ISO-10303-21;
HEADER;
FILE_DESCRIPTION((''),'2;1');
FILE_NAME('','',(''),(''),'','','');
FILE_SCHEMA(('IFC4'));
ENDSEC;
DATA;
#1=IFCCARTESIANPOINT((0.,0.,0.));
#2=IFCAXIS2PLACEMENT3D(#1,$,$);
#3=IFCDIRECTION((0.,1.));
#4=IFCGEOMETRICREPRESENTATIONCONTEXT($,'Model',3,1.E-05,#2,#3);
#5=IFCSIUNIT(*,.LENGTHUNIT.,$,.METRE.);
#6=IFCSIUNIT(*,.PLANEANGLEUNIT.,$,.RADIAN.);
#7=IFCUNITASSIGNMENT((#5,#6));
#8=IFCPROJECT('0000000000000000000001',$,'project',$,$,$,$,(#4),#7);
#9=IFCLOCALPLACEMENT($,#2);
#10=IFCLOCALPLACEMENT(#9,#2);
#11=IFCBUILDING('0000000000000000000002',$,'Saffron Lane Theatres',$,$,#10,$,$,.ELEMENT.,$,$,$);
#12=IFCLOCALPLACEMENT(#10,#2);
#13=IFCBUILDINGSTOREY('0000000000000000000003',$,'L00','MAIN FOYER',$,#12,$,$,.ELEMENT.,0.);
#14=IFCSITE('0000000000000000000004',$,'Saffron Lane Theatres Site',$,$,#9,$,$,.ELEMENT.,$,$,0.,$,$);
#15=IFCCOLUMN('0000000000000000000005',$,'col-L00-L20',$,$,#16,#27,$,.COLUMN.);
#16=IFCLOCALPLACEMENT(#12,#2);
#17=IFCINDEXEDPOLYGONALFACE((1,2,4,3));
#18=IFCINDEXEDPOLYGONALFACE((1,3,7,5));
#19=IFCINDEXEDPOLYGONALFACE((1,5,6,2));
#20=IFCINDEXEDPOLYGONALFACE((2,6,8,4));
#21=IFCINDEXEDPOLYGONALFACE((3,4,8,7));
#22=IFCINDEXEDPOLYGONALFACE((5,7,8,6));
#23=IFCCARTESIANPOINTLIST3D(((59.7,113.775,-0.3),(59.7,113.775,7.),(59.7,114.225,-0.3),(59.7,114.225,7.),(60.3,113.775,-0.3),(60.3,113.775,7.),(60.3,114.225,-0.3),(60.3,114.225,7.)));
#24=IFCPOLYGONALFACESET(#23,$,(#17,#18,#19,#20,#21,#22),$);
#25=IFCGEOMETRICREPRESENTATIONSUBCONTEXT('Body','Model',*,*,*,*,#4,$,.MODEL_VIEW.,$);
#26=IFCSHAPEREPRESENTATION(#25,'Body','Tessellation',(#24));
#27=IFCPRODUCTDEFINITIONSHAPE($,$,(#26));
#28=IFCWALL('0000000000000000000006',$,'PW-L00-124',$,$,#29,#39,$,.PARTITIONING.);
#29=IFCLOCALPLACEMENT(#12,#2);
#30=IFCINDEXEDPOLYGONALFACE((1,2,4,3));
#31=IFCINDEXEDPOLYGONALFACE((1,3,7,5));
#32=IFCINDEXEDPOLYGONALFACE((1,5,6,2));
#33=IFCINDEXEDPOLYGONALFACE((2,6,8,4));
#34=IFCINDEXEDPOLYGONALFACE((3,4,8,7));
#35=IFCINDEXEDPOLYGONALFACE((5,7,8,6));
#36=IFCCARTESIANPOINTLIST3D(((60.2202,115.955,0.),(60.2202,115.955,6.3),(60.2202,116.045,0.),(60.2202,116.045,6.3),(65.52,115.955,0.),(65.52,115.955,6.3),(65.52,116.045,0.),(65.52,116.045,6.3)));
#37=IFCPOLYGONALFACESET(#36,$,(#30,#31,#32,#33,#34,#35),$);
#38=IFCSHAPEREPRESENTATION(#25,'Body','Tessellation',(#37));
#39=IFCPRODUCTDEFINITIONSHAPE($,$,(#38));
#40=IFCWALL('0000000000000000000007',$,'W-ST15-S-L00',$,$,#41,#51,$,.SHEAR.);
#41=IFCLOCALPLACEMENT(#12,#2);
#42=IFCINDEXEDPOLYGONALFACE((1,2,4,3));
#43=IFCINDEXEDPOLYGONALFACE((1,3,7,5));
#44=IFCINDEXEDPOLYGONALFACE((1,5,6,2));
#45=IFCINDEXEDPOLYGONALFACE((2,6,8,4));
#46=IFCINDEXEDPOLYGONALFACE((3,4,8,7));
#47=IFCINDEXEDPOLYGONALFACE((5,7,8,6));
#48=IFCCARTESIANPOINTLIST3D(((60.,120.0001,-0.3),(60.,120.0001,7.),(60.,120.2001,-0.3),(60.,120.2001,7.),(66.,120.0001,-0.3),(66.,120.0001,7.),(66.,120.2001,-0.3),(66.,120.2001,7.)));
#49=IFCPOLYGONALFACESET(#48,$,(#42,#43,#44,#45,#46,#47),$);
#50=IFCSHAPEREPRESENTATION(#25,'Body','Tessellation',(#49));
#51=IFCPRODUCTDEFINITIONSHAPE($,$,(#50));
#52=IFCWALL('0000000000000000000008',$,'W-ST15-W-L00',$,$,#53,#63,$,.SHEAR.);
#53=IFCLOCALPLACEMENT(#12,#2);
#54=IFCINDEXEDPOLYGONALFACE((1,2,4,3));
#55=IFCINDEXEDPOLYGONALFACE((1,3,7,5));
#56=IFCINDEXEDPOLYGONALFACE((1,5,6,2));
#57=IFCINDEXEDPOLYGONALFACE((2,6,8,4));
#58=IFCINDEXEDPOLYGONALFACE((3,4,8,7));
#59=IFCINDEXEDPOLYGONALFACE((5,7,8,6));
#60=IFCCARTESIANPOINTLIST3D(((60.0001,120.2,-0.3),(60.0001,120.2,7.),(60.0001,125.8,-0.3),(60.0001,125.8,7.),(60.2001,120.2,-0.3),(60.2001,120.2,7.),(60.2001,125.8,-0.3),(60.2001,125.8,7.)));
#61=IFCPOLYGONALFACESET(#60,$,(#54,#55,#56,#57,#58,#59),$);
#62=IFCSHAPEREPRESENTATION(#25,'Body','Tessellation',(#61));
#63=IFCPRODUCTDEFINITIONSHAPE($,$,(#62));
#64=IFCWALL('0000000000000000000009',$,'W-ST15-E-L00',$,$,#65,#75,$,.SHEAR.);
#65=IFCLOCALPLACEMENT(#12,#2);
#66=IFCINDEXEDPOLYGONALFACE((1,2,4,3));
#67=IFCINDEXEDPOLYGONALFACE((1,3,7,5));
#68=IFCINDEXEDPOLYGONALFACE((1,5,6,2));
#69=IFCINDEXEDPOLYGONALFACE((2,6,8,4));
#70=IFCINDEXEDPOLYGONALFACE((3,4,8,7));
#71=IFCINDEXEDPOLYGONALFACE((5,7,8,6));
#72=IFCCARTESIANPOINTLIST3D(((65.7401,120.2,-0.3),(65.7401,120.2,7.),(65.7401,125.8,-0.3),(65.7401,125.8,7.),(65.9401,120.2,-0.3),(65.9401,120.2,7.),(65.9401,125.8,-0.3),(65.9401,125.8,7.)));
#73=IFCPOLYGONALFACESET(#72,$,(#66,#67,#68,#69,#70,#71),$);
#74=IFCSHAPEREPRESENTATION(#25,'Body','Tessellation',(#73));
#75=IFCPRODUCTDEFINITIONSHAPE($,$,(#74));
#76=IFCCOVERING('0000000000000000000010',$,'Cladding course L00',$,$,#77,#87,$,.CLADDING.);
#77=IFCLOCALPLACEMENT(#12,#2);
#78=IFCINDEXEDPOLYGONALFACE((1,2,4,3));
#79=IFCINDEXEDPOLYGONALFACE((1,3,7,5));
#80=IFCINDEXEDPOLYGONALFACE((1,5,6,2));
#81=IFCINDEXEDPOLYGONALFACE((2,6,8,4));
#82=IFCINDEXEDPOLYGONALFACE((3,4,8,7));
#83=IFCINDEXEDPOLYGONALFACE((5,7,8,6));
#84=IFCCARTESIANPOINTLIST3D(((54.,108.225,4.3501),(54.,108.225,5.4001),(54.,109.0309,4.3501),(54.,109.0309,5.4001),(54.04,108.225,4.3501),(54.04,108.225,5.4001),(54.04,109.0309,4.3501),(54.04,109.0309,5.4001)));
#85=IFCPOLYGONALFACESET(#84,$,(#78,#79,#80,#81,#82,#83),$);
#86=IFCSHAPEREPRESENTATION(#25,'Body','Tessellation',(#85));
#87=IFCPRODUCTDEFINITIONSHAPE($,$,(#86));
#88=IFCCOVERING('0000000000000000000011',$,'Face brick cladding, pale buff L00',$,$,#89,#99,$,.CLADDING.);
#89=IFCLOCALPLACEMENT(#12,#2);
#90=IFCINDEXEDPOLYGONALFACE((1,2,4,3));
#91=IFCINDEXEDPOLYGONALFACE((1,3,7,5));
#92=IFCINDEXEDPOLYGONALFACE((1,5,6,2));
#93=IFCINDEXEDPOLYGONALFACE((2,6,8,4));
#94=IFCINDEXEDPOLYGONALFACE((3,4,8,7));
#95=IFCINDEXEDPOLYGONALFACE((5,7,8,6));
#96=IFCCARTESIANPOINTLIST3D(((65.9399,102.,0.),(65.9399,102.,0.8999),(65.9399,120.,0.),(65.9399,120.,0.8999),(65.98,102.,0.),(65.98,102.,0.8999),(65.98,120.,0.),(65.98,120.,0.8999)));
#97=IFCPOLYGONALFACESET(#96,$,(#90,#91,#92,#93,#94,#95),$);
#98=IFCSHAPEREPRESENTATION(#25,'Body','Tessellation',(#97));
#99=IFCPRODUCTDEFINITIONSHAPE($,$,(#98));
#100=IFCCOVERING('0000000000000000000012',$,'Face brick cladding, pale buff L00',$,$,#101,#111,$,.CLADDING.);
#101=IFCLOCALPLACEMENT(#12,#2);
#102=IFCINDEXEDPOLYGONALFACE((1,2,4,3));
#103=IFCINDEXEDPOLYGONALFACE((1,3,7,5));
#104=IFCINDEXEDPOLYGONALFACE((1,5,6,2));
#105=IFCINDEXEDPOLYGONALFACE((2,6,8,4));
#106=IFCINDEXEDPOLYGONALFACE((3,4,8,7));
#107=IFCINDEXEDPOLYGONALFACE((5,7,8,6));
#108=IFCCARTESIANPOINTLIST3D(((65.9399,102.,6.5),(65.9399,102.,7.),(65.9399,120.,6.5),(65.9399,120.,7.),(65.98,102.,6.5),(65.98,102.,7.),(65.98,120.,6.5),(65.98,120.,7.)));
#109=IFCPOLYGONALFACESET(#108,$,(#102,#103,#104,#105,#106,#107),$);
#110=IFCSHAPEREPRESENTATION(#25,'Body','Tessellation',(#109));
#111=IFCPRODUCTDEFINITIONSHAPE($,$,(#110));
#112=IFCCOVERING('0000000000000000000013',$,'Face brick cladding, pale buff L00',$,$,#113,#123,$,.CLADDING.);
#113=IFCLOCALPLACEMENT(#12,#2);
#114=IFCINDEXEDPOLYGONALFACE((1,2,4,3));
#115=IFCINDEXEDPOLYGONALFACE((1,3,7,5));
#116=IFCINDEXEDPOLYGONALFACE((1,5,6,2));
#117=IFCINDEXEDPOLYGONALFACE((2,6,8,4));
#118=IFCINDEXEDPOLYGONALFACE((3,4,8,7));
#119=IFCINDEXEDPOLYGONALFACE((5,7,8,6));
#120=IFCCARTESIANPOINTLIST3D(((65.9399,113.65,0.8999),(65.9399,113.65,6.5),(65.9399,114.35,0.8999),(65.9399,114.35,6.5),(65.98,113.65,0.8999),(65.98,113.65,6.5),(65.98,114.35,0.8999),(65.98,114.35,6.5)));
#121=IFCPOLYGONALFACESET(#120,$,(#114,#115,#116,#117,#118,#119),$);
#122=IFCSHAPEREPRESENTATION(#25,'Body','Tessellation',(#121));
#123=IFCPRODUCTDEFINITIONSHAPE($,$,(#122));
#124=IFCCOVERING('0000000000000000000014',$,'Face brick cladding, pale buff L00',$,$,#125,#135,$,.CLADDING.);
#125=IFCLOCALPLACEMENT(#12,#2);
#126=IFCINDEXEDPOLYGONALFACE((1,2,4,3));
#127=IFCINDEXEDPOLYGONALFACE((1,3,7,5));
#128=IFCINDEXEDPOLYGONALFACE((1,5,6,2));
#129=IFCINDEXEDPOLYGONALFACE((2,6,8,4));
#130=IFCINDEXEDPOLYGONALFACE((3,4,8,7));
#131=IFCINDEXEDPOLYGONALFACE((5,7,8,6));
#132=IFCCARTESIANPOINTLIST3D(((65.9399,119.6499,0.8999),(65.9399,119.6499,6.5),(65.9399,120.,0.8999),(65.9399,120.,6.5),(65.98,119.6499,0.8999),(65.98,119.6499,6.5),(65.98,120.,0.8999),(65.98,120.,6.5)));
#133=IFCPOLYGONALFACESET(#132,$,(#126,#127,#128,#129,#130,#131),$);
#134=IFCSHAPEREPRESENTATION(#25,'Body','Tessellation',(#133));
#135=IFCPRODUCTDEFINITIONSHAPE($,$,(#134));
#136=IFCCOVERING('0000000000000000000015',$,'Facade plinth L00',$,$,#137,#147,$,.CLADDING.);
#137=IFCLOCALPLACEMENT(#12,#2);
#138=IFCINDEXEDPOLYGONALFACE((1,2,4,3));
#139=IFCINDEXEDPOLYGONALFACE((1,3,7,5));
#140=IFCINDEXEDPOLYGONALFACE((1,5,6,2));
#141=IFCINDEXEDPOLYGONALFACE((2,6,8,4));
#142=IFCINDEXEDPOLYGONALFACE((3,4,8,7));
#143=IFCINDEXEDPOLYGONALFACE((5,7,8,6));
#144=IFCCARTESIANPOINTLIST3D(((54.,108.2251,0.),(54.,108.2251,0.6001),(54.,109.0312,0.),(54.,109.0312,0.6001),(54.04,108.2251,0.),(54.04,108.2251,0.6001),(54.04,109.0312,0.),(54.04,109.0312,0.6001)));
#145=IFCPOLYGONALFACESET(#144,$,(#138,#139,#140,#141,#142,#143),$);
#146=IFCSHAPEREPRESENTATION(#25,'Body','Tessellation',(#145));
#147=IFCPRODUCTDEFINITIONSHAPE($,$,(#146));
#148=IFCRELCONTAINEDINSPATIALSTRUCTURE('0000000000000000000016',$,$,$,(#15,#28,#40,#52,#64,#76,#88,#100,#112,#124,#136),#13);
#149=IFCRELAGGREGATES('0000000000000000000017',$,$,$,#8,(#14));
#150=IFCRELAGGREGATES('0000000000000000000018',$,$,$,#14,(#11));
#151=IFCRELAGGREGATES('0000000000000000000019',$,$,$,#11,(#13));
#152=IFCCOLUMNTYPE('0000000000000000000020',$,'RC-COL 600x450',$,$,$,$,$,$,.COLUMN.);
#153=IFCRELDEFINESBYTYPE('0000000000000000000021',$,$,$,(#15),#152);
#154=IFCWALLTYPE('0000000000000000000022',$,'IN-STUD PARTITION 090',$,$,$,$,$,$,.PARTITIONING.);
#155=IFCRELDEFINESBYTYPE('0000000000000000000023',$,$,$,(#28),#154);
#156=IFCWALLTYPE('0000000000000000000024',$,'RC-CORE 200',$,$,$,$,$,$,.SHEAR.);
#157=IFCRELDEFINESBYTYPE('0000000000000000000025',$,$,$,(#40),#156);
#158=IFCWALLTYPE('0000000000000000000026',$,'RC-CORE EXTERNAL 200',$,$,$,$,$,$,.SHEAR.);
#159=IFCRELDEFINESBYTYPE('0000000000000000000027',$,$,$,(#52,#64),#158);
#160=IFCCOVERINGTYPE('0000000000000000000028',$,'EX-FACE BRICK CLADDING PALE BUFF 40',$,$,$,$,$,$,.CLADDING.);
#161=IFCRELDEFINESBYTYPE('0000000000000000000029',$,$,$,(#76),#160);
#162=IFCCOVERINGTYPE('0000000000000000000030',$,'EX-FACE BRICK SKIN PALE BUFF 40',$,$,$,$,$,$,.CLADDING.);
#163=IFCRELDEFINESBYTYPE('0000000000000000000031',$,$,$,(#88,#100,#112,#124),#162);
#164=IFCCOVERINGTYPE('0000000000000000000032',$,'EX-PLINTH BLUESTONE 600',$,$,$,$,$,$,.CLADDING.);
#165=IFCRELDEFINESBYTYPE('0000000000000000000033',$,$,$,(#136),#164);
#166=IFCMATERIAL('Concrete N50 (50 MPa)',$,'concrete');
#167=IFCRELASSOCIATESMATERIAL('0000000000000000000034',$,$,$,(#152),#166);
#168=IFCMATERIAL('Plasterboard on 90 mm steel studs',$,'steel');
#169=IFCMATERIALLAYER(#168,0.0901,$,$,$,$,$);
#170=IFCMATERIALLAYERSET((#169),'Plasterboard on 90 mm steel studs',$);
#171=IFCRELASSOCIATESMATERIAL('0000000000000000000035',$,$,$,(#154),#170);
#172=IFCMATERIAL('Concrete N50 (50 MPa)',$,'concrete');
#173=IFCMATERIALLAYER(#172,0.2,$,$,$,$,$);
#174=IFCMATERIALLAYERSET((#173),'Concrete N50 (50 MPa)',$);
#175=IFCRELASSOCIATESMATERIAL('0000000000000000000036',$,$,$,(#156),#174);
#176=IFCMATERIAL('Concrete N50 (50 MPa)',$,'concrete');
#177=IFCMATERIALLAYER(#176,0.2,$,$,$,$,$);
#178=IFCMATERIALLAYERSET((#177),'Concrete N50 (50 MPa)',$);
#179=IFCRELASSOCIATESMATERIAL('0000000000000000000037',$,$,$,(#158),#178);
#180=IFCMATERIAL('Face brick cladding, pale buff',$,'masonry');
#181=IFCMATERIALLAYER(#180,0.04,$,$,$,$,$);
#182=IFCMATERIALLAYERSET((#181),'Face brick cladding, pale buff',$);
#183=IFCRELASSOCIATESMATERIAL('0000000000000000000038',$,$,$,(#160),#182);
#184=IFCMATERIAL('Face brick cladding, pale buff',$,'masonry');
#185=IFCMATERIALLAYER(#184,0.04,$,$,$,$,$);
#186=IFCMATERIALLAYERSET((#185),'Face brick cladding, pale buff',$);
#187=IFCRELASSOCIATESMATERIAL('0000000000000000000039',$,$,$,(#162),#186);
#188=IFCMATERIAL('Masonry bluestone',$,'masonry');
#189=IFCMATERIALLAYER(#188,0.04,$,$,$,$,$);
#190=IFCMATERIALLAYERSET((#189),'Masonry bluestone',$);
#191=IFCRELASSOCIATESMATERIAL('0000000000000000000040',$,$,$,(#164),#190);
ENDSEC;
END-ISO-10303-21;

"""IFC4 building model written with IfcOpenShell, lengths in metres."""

from ifc_helpers import new_model, si_unit, direction, frame, frame_2d, origin, origin_2d, place, context, subcontext, project, spatial, rectangle, extrude, material, layer, layer_set, material_profile, profile_set, type_object, element, save


model = new_model("IFC4")

# Units and contexts
model_context = context("Model", 3, precision=1e-05, world=origin(), true_north=direction((0.0, 1.0)))
body_context = subcontext(model_context, "Body", "Model", "MODEL_VIEW")
ifc_project = project(units=[si_unit("LENGTHUNIT", "METRE"), si_unit("PLANEANGLEUNIT", "RADIAN")], contexts=[model_context])

# Site, building, storey
site_placement = place(None, origin())
site = spatial("IfcSite", under=ifc_project, at=site_placement, Name="Saffron Lane Theatres Site", CompositionType="ELEMENT", RefElevation=0.0)
building_placement = place(site_placement, origin())
building = spatial("IfcBuilding", under=site, at=building_placement, Name="Saffron Lane Theatres", CompositionType="ELEMENT")
storey_placement = place(building_placement, origin())
storey = spatial("IfcBuildingStorey", under=building, at=storey_placement, Name="L00", Description="MAIN FOYER", CompositionType="ELEMENT", Elevation=0.0)

# Column
ifc_material_1 = material(Name="Concrete N50 (50 MPa)", Category="concrete")
ifc_material_profile = material_profile(ifc_material_1, rectangle(XDim=0.6001, YDim=0.45, at=origin_2d()))
ifc_profile_set = profile_set([ifc_material_profile], Name="Concrete N50 (50 MPa)")
column_type = type_object("IfcColumnType", Name="RC-COL 600x450", PredefinedType="COLUMN", material=ifc_profile_set)
column_placement = place(storey_placement, frame((60.0, 114.0, -0.3), z_axis=(0.0, 0.0, 1.0), x_axis=(1.0, 0.0, 0.0)))
element("IfcColumn", 1, at=column_placement, inside=storey, type_object=column_type, Name="col-L00-L20", PredefinedType="COLUMN", context=body_context, shape_type="SweptSolid", body=[
    extrude(rectangle(XDim=0.6001, YDim=0.45, at=origin_2d()), origin(), (0.0, 0.0, 1.0), 7.3),
])

# Walls
ifc_material_2 = material(Name="Plasterboard on 90 mm steel studs", Category="steel")
ifc_layer_1 = layer(ifc_material_2, 0.0901)
ifc_layer_set_1 = layer_set([ifc_layer_1], Name="Plasterboard on 90 mm steel studs")
wall_type_1 = type_object("IfcWallType", Name="IN-STUD PARTITION 090", PredefinedType="PARTITIONING", material=ifc_layer_set_1)
wall_1_placement = place(storey_placement, frame((60.2202, 116.0, 0.0), z_axis=(0.0, 0.0, 1.0), x_axis=(1.0, 0.0, 0.0)))
element("IfcWall", 2, at=wall_1_placement, inside=storey, type_object=wall_type_1, Name="PW-L00-124", PredefinedType="PARTITIONING", context=body_context, shape_type="SweptSolid", body=[
    extrude(rectangle(XDim=5.2998, YDim=0.0901, at=frame_2d((2.6499, 0.0))), origin(), (0.0, 0.0, 1.0), 6.3),
])
ifc_material_3 = material(Name="Concrete N50 (50 MPa)", Category="concrete")
ifc_layer_2 = layer(ifc_material_3, 0.2)
ifc_layer_set_2 = layer_set([ifc_layer_2], Name="Concrete N50 (50 MPa)")
wall_type_2 = type_object("IfcWallType", Name="RC-CORE 200", PredefinedType="SHEAR", material=ifc_layer_set_2)
wall_2_placement = place(storey_placement, frame((60.0, 120.1001, -0.3), z_axis=(0.0, 0.0, 1.0), x_axis=(1.0, 0.0, 0.0)))
element("IfcWall", 3, at=wall_2_placement, inside=storey, type_object=wall_type_2, Name="W-ST15-S-L00", PredefinedType="SHEAR", context=body_context, shape_type="SweptSolid", body=[
    extrude(rectangle(XDim=6.0, YDim=0.2, at=frame_2d((3.0, 0.0))), origin(), (0.0, 0.0, 1.0), 7.3),
])
ifc_material_4 = material(Name="Concrete N50 (50 MPa)", Category="concrete")
ifc_layer_3 = layer(ifc_material_4, 0.2)
ifc_layer_set_3 = layer_set([ifc_layer_3], Name="Concrete N50 (50 MPa)")
wall_type_3 = type_object("IfcWallType", Name="RC-CORE EXTERNAL 200", PredefinedType="SHEAR", material=ifc_layer_set_3)
for number, where, z_axis, x_axis, name in (
    (4, (60.1001, 120.2, -0.3), (0.0, 0.0, 1.0), (0.0, 1.0, 0.0), "W-ST15-W-L00"),
    (5, (65.8401, 120.2, -0.3), (0.0, 0.0, 1.0), (0.0, 1.0, 0.0), "W-ST15-E-L00"),
):
    element("IfcWall", number, at=place(storey_placement, frame(where, z_axis=z_axis, x_axis=x_axis)), inside=storey, type_object=wall_type_3, Name=name, PredefinedType="SHEAR", context=body_context, shape_type="SweptSolid", body=[
        extrude(rectangle(XDim=5.6001, YDim=0.2, at=frame_2d((2.8, 0.0))), origin(), (0.0, 0.0, 1.0), 7.3),
    ])

# Coverings
ifc_material_5 = material(Name="Face brick cladding, pale buff", Category="masonry")
ifc_layer_4 = layer(ifc_material_5, 0.04)
ifc_layer_set_4 = layer_set([ifc_layer_4], Name="Face brick cladding, pale buff")
covering_type_1 = type_object("IfcCoveringType", Name="EX-FACE BRICK CLADDING PALE BUFF 40", PredefinedType="CLADDING", material=ifc_layer_set_4)
covering_1_placement = place(storey_placement, frame((54.02, 108.6279, 4.3501), z_axis=(0.0, 0.0, 1.0), x_axis=(0.0, -1.0, 0.0)))
element("IfcCovering", 6, at=covering_1_placement, inside=storey, type_object=covering_type_1, Name="Cladding course L00", PredefinedType="CLADDING", context=body_context, shape_type="SweptSolid", body=[
    extrude(rectangle(XDim=0.8059, YDim=0.04, at=origin_2d()), origin(), (0.0, 0.0, 1.0), 1.05),
])
ifc_material_6 = material(Name="Face brick cladding, pale buff", Category="masonry")
ifc_layer_5 = layer(ifc_material_6, 0.04)
ifc_layer_set_5 = layer_set([ifc_layer_5], Name="Face brick cladding, pale buff")
covering_type_2 = type_object("IfcCoveringType", Name="EX-FACE BRICK SKIN PALE BUFF 40", PredefinedType="CLADDING", material=ifc_layer_set_5)
covering_2_placement = place(storey_placement, frame((65.96, 111.0, 0.0), z_axis=(0.0, 0.0, 1.0), x_axis=(0.0, 1.0, 0.0)))
element("IfcCovering", 7, at=covering_2_placement, inside=storey, type_object=covering_type_2, Name="Face brick cladding, pale buff L00", PredefinedType="CLADDING", context=body_context, shape_type="SweptSolid", body=[
    extrude(rectangle(XDim=18.0, YDim=0.04, at=origin_2d()), origin(), (0.0, 0.0, 1.0), 0.8999),
])
covering_3_placement = place(storey_placement, frame((65.96, 111.0, 6.5), z_axis=(0.0, 0.0, 1.0), x_axis=(0.0, 1.0, 0.0)))
element("IfcCovering", 8, at=covering_3_placement, inside=storey, type_object=covering_type_2, Name="Face brick cladding, pale buff L00", PredefinedType="CLADDING", context=body_context, shape_type="SweptSolid", body=[
    extrude(rectangle(XDim=18.0, YDim=0.04, at=origin_2d()), origin(), (0.0, 0.0, 1.0), 0.5),
])
covering_4_placement = place(storey_placement, frame((65.96, 114.0, 0.8999), z_axis=(0.0, 0.0, 1.0), x_axis=(0.0, 1.0, 0.0)))
element("IfcCovering", 9, at=covering_4_placement, inside=storey, type_object=covering_type_2, Name="Face brick cladding, pale buff L00", PredefinedType="CLADDING", context=body_context, shape_type="SweptSolid", body=[
    extrude(rectangle(XDim=0.7, YDim=0.04, at=origin_2d()), origin(), (0.0, 0.0, 1.0), 5.6001),
])
covering_5_placement = place(storey_placement, frame((65.96, 119.825, 0.8999), z_axis=(0.0, 0.0, 1.0), x_axis=(0.0, 1.0, 0.0)))
element("IfcCovering", 10, at=covering_5_placement, inside=storey, type_object=covering_type_2, Name="Face brick cladding, pale buff L00", PredefinedType="CLADDING", context=body_context, shape_type="SweptSolid", body=[
    extrude(rectangle(XDim=0.3501, YDim=0.04, at=origin_2d()), origin(), (0.0, 0.0, 1.0), 5.6001),
])
ifc_material_7 = material(Name="Masonry bluestone", Category="masonry")
ifc_layer_6 = layer(ifc_material_7, 0.04)
ifc_layer_set_6 = layer_set([ifc_layer_6], Name="Masonry bluestone")
covering_type_3 = type_object("IfcCoveringType", Name="EX-PLINTH BLUESTONE 600", PredefinedType="CLADDING", material=ifc_layer_set_6)
covering_6_placement = place(storey_placement, frame((54.02, 108.6282, 0.0), z_axis=(0.0, 0.0, 1.0), x_axis=(0.0, -1.0, 0.0)))
element("IfcCovering", 11, at=covering_6_placement, inside=storey, type_object=covering_type_3, Name="Facade plinth L00", PredefinedType="CLADDING", context=body_context, shape_type="SweptSolid", body=[
    extrude(rectangle(XDim=0.8062, YDim=0.04, at=origin_2d()), origin(), (0.0, 0.0, 1.0), 0.6001),
])

save(model, "model.ifc")
